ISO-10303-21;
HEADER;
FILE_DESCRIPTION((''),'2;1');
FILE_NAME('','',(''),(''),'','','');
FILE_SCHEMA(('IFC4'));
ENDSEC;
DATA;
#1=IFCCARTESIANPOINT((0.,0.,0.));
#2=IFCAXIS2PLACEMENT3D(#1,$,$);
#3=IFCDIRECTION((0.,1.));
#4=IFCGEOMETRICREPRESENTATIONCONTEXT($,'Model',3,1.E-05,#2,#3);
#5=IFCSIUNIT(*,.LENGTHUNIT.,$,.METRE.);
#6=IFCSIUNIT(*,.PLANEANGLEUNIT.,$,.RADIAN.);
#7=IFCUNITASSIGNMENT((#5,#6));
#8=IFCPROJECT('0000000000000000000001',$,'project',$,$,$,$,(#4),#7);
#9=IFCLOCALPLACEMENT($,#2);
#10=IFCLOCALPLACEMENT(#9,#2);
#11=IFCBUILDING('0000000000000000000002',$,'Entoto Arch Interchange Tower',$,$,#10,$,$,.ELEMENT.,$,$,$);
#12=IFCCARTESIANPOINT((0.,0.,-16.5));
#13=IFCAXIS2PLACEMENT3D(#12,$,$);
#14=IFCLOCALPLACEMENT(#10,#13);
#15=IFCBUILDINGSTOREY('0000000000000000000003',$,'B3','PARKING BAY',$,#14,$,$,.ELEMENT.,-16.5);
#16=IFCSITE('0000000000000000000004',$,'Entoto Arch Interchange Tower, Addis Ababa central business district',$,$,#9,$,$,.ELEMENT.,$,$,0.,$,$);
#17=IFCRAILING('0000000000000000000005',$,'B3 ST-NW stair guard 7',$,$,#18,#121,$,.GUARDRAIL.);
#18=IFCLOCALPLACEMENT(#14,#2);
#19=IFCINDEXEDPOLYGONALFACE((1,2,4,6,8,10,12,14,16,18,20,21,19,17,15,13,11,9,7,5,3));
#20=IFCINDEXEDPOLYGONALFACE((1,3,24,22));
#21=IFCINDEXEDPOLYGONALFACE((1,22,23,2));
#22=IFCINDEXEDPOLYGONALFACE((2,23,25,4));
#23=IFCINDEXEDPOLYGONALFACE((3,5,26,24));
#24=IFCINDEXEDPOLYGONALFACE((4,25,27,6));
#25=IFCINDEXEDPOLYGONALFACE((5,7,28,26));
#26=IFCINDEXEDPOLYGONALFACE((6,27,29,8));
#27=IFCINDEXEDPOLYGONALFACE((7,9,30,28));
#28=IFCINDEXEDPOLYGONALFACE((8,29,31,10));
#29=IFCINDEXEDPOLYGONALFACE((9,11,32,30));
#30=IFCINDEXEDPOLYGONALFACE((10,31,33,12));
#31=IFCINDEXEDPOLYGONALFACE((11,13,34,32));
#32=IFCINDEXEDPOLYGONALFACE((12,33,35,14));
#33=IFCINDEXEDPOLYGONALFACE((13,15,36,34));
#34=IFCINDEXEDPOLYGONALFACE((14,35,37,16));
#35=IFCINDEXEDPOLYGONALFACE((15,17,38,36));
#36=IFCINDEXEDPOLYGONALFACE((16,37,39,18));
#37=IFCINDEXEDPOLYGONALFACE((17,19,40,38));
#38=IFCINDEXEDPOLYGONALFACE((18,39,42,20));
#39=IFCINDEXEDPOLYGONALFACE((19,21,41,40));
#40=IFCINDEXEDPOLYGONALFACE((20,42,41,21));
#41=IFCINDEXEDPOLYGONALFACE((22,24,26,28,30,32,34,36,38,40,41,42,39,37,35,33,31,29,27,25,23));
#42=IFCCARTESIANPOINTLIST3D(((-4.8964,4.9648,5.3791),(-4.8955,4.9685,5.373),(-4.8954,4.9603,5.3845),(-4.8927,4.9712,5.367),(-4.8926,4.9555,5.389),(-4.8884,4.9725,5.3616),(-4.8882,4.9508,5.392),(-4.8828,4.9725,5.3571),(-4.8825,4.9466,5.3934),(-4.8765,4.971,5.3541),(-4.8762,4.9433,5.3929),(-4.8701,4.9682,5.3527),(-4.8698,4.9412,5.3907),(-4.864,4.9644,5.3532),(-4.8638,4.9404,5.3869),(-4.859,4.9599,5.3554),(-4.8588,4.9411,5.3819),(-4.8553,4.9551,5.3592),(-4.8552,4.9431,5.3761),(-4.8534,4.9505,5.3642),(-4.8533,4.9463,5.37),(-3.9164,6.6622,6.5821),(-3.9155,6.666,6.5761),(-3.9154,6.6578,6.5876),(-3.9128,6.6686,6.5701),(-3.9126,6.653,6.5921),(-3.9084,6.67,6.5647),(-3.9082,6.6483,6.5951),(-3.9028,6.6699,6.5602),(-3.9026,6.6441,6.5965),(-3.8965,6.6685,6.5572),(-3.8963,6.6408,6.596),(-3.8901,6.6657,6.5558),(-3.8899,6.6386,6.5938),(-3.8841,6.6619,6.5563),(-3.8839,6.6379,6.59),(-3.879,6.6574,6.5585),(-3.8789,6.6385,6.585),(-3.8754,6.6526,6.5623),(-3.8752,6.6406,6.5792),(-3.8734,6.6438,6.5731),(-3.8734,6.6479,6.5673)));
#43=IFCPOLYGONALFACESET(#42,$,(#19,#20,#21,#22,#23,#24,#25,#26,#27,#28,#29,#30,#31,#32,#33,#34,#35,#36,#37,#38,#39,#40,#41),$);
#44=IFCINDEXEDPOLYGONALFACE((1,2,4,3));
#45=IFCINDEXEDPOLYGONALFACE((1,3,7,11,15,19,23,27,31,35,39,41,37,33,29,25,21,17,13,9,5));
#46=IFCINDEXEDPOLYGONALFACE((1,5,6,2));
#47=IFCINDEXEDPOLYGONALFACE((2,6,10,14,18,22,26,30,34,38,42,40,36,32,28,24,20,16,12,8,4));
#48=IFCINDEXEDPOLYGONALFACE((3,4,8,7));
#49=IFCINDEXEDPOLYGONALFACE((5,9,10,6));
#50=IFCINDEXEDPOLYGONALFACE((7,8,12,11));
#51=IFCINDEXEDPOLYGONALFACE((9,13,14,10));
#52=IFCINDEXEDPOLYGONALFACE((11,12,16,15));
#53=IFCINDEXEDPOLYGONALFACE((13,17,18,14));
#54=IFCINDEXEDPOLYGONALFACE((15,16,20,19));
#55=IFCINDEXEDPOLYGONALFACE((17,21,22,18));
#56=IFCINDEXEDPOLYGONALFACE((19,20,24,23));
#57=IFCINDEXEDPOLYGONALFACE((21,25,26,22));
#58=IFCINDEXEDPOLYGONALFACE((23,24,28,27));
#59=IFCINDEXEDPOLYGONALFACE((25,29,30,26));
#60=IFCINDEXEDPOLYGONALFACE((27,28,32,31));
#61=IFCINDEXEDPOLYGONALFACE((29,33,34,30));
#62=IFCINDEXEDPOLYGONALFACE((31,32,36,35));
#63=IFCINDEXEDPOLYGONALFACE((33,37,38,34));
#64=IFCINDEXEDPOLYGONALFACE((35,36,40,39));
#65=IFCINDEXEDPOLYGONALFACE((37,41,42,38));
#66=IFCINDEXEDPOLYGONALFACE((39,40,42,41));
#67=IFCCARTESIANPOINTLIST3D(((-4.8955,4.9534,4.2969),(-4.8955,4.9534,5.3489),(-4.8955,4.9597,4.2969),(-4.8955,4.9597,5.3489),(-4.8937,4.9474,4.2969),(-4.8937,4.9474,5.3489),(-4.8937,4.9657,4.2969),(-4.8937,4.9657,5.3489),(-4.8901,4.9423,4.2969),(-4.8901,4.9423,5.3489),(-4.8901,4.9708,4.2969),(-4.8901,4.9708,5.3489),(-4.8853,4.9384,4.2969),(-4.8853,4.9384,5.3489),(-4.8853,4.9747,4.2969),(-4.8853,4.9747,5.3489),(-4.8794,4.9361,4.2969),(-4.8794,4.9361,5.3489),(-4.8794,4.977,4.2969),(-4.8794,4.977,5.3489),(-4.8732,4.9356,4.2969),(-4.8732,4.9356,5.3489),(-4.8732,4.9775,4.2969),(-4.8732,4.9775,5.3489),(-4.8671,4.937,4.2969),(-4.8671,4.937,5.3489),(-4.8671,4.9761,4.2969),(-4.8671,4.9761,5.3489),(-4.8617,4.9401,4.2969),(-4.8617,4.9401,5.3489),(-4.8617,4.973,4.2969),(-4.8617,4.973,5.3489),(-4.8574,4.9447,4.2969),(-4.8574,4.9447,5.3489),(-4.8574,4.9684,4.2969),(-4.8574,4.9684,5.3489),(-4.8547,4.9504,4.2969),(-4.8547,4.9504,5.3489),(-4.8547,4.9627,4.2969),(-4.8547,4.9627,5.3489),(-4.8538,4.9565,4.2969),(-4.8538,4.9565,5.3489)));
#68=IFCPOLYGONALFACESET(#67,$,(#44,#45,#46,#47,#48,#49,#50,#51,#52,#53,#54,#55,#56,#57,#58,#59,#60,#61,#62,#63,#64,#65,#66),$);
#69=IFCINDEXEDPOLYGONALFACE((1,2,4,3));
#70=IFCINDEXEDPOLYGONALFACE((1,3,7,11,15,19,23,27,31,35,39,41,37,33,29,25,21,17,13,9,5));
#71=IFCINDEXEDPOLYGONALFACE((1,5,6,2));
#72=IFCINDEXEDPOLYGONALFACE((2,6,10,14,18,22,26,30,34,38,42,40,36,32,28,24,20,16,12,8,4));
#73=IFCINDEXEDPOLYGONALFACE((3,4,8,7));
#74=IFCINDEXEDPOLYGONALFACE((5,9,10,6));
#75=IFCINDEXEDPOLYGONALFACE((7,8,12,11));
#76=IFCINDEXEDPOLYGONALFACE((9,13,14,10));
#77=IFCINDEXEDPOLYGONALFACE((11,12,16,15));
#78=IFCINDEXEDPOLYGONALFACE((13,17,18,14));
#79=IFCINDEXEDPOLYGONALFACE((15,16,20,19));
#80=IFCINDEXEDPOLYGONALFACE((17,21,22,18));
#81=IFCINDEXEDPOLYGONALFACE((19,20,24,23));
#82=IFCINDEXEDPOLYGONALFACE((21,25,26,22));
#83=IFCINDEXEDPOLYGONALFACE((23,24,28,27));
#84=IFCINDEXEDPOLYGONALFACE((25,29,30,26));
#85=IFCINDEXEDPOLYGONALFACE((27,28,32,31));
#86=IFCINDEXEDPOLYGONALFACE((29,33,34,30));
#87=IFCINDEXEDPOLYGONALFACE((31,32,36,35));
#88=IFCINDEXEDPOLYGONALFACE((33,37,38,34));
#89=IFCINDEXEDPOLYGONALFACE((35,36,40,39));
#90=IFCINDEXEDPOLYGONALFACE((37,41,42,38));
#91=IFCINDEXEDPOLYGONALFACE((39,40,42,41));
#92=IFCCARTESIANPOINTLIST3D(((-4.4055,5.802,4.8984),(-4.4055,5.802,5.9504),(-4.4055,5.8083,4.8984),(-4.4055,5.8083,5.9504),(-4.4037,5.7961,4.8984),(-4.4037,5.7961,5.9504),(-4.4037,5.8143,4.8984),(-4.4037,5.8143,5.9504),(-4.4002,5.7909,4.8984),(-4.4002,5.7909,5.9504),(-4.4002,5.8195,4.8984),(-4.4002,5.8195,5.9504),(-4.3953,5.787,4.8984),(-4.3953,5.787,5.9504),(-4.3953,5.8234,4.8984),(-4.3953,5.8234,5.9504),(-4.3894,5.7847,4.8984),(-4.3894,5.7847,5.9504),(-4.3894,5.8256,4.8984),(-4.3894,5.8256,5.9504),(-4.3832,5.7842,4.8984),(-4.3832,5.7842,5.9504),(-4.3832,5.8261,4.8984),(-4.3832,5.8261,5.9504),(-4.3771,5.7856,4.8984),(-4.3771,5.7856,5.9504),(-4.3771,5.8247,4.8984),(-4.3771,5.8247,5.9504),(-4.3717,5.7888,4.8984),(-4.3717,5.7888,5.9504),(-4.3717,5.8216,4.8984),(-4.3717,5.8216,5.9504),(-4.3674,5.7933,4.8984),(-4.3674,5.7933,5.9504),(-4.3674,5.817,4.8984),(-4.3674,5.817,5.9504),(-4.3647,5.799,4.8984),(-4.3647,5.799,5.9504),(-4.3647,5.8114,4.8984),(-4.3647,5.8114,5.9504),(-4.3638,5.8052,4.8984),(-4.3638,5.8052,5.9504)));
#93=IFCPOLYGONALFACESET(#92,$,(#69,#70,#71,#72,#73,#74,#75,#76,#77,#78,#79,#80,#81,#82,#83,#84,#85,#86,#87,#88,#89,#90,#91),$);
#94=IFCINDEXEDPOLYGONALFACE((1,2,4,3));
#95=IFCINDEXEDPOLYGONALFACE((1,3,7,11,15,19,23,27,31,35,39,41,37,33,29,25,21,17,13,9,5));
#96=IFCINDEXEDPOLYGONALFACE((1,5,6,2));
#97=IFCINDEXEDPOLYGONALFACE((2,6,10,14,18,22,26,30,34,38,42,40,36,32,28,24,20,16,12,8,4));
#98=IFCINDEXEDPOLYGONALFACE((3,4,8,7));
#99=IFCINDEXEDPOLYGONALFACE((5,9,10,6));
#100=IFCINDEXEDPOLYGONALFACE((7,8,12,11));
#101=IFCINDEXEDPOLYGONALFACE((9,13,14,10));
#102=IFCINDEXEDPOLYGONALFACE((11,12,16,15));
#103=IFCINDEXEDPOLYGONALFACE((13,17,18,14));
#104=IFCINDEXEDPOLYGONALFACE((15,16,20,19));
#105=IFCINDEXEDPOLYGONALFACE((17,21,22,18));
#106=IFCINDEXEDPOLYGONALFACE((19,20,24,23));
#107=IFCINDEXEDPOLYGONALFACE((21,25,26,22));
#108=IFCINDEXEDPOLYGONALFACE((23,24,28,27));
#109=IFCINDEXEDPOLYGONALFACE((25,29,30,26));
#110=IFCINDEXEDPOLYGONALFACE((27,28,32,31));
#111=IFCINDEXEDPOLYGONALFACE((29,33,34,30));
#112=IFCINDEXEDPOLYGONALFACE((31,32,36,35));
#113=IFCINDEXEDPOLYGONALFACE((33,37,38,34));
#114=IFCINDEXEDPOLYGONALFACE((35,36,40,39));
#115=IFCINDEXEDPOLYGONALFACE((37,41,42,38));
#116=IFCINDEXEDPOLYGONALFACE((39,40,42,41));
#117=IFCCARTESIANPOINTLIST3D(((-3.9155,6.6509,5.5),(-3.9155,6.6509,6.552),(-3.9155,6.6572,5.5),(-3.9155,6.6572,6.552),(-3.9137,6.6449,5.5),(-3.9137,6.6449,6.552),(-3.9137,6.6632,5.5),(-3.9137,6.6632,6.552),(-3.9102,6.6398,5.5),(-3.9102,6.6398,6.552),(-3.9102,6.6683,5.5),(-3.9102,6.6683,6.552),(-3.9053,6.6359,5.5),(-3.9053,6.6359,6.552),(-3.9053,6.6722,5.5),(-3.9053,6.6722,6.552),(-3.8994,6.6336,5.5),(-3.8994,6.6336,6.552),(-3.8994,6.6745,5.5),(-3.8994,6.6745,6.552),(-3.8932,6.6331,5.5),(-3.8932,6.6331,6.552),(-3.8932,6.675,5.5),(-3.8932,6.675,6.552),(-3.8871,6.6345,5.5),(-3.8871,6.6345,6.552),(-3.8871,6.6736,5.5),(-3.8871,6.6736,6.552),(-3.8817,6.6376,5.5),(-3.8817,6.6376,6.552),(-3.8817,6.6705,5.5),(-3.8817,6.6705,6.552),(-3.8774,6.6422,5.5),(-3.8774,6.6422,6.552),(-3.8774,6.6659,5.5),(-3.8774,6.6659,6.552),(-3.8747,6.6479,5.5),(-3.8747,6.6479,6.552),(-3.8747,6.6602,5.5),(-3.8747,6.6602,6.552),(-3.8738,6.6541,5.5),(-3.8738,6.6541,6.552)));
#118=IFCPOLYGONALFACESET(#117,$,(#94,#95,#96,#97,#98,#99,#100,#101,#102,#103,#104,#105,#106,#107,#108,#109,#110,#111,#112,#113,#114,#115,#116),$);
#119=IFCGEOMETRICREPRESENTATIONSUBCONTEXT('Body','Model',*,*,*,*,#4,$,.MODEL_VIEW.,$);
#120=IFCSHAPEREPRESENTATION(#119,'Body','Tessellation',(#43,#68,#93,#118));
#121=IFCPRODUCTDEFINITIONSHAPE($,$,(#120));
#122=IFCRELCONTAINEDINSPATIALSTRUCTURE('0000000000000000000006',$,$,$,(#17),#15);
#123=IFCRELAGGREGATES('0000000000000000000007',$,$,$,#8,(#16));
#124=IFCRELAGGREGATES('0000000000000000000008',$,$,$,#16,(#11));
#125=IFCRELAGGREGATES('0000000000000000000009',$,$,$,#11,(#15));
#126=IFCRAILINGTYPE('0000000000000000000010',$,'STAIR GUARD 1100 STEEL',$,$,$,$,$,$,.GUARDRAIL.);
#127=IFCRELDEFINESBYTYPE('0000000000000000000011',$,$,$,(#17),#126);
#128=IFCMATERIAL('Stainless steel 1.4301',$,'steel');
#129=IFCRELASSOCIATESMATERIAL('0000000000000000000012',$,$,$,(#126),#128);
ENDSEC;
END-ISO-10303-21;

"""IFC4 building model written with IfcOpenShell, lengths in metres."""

from ifc_helpers import new_model, si_unit, direction, frame, origin, origin_2d, place, context, subcontext, project, spatial, circle, extrude, material, type_object, element, save


model = new_model("IFC4")

# Units and contexts
model_context = context("Model", 3, precision=1e-05, world=origin(), true_north=direction((0.0, 1.0)))
body_context = subcontext(model_context, "Body", "Model", "MODEL_VIEW")
ifc_project = project(units=[si_unit("LENGTHUNIT", "METRE"), si_unit("PLANEANGLEUNIT", "RADIAN")], contexts=[model_context])

# Site, building, storey
site_placement = place(None, origin())
site = spatial("IfcSite", under=ifc_project, at=site_placement, Name="Entoto Arch Interchange Tower, Addis Ababa central business district", CompositionType="ELEMENT", RefElevation=0.0)
building_placement = place(site_placement, origin())
building = spatial("IfcBuilding", under=site, at=building_placement, Name="Entoto Arch Interchange Tower", CompositionType="ELEMENT")
storey_placement = place(building_placement, frame((0.0, 0.0, -16.5)))
storey = spatial("IfcBuildingStorey", under=building, at=storey_placement, Name="B3", Description="PARKING BAY", CompositionType="ELEMENT", Elevation=-16.5)

# Railing
ifc_material_1 = material(Name="Stainless steel 1.4301", Category="steel")
railing_type_1 = type_object("IfcRailingType", Name="STAIR GUARD 1100 STEEL", PredefinedType="GUARDRAIL", material=ifc_material_1)
railing_1_placement = place(storey_placement, frame((-4.8748, 4.9565, 4.2969)))
element("IfcRailing", 1, at=railing_1_placement, inside=storey, type_object=railing_type_1, Name="B3 ST-NW stair guard 7", PredefinedType="GUARDRAIL", context=body_context, shape_type="SweptSolid", body=[
    extrude(circle(Radius=0.0239, at=origin_2d()), frame((0.0, 0.0, 1.0762), z_axis=(0.426102, 0.738089, 0.523127), x_axis=(-0.866042, 0.49997, 0.0)), (0.0, 0.0, 1.0), 2.2998),
    extrude(circle(Radius=0.021, at=origin_2d()), origin(), (0.0, 0.0, 1.0), 1.052),
    extrude(circle(Radius=0.021, at=origin_2d()), frame((0.49, 0.8486, 0.6016)), (0.0, 0.0, 1.0), 1.052),
    extrude(circle(Radius=0.021, at=origin_2d()), frame((0.98, 1.6975, 1.2031)), (0.0, 0.0, 1.0), 1.052),
])

save(model, "model.ifc")
